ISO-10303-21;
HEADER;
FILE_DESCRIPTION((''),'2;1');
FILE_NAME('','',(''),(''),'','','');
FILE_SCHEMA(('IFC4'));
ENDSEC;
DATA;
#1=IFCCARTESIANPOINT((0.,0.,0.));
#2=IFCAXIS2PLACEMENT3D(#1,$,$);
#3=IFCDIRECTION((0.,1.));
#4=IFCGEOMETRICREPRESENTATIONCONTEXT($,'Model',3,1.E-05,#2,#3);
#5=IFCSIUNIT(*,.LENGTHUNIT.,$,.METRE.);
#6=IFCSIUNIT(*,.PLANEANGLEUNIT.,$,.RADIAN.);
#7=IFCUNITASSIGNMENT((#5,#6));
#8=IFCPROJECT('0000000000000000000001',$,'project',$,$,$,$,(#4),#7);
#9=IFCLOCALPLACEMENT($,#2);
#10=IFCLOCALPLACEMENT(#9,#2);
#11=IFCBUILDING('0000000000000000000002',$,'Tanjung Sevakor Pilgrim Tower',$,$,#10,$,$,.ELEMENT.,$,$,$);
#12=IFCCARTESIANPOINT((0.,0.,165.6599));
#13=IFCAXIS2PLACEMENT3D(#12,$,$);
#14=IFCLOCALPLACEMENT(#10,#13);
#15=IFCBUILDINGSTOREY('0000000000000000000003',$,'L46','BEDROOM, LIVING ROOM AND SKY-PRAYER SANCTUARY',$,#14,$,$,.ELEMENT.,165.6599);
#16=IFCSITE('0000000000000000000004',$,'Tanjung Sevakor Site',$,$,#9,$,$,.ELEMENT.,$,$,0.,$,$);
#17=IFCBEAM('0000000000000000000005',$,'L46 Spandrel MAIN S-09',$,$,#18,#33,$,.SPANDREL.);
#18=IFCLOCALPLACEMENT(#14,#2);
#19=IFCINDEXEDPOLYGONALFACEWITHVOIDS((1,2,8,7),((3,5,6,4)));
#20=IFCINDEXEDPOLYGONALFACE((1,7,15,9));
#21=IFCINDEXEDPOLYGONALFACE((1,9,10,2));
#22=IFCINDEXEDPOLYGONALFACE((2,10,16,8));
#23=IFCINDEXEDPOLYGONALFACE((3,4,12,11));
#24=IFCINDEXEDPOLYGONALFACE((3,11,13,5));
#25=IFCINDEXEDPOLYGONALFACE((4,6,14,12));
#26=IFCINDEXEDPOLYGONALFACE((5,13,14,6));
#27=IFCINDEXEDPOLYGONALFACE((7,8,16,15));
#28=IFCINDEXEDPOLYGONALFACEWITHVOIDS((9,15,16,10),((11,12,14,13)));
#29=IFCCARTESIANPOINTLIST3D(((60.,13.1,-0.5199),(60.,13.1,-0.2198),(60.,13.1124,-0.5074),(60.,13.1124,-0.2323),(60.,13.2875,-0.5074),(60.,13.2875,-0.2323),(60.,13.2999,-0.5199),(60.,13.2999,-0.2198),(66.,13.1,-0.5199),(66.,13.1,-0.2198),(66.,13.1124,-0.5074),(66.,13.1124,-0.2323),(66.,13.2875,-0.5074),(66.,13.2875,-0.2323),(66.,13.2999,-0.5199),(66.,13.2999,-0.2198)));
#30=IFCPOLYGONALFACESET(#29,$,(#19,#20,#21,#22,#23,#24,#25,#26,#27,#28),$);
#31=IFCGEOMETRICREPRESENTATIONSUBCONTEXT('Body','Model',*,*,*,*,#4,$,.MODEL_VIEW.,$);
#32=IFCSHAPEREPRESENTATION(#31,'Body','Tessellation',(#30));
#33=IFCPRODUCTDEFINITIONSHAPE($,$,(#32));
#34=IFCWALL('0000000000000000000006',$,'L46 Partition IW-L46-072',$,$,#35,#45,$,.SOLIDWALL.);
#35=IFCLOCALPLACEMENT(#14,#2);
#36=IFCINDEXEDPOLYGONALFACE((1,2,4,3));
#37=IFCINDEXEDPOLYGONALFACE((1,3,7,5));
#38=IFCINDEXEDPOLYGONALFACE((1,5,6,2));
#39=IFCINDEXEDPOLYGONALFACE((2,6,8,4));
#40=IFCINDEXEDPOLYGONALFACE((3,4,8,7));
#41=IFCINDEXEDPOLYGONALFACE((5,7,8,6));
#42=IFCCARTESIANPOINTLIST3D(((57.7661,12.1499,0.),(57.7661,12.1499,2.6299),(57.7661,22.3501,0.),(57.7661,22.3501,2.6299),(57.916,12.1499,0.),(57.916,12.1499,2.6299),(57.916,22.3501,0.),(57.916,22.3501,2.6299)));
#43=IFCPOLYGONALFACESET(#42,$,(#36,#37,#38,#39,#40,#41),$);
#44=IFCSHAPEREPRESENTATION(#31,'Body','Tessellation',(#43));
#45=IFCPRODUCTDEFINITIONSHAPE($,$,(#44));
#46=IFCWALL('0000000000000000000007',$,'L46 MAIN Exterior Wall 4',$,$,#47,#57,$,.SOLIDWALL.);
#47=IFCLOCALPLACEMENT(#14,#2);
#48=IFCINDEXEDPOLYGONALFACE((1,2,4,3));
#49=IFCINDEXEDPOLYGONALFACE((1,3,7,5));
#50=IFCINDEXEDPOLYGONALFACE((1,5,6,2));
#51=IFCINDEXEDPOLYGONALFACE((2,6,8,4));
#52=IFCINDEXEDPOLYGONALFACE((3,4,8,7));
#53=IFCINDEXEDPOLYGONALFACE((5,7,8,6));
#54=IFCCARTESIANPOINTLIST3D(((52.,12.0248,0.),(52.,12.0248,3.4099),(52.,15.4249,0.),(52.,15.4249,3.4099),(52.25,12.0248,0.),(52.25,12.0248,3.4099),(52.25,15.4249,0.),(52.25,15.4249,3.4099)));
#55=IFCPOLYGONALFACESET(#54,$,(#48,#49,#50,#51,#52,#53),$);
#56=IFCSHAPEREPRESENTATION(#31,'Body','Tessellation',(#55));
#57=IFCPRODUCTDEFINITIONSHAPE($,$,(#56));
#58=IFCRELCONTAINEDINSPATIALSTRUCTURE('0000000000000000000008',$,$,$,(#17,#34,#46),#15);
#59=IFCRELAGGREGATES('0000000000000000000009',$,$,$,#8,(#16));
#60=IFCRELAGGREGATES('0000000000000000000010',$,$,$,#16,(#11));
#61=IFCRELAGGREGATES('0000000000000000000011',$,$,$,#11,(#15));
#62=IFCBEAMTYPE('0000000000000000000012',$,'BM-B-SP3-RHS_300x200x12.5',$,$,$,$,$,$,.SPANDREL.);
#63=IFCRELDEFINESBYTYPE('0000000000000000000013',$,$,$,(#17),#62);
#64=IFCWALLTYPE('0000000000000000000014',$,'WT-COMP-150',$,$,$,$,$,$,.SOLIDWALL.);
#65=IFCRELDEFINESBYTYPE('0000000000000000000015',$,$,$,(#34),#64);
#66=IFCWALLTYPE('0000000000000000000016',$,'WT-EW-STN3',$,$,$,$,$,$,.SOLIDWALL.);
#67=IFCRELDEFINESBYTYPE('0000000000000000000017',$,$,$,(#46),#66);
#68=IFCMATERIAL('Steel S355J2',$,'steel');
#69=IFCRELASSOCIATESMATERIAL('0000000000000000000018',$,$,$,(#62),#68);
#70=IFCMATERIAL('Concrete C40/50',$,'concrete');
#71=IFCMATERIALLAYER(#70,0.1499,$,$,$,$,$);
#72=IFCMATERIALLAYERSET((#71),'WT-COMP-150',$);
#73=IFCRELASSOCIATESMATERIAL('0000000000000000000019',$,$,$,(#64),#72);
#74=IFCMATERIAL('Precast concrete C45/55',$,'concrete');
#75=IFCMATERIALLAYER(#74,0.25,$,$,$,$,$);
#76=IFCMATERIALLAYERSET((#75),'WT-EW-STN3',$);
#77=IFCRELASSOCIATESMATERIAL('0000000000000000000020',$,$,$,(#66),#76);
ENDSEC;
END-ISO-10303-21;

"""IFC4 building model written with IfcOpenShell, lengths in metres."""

from ifc_helpers import new_model, si_unit, direction, frame, frame_2d, origin, origin_2d, place, context, subcontext, project, spatial, rectangle, hollow_rectangle, extrude, material, layer, layer_set, material_profile, profile_set, type_object, element, save


model = new_model("IFC4")

# Units and contexts
model_context = context("Model", 3, precision=1e-05, world=origin(), true_north=direction((0.0, 1.0)))
body_context = subcontext(model_context, "Body", "Model", "MODEL_VIEW")
ifc_project = project(units=[si_unit("LENGTHUNIT", "METRE"), si_unit("PLANEANGLEUNIT", "RADIAN")], contexts=[model_context])

# Site, building, storey
site_placement = place(None, origin())
site = spatial("IfcSite", under=ifc_project, at=site_placement, Name="Tanjung Sevakor Site", CompositionType="ELEMENT", RefElevation=0.0)
building_placement = place(site_placement, origin())
building = spatial("IfcBuilding", under=site, at=building_placement, Name="Tanjung Sevakor Pilgrim Tower", CompositionType="ELEMENT")
storey_placement = place(building_placement, frame((0.0, 0.0, 165.6599)))
storey = spatial("IfcBuildingStorey", under=building, at=storey_placement, Name="L46", Description="BEDROOM, LIVING ROOM AND SKY-PRAYER SANCTUARY", CompositionType="ELEMENT", Elevation=165.6599)

# Beam
ifc_material_1 = material(Name="Steel S355J2", Category="steel")
ifc_material_profile_1 = material_profile(ifc_material_1, hollow_rectangle(XDim=0.2, YDim=0.3, WallThickness=0.0125, at=origin_2d()))
ifc_profile_set_1 = profile_set([ifc_material_profile_1], Name="Steel S355J2")
beam_type_1 = type_object("IfcBeamType", Name="BM-B-SP3-RHS_300x200x12.5", PredefinedType="SPANDREL", material=ifc_profile_set_1)
for number, where, z_axis, x_axis, name in (
    (1, (60.0, 13.2, -0.3699), (1.0, 0.0, 0.0), (0.0, 1.0, 0.0), "L46 Spandrel MAIN S-09"),
):
    element("IfcBeam", number, at=place(storey_placement, frame(where, z_axis=z_axis, x_axis=x_axis)), inside=storey, type_object=beam_type_1, Name=name, PredefinedType="SPANDREL", context=body_context, shape_type="SweptSolid", body=[
        extrude(hollow_rectangle(XDim=0.2, YDim=0.3, WallThickness=0.0125, at=origin_2d()), origin(), (0.0, 0.0, 1.0), 6.0),
    ])

# Walls
ifc_material_2 = material(Name="Concrete C40/50", Category="concrete")
ifc_layer_1 = layer(ifc_material_2, 0.1499)
ifc_layer_set_1 = layer_set([ifc_layer_1], Name="WT-COMP-150")
wall_type_1 = type_object("IfcWallType", Name="WT-COMP-150", PredefinedType="SOLIDWALL", material=ifc_layer_set_1)
wall_1_placement = place(storey_placement, frame((57.8411, 12.1499, 0.0), z_axis=(0.0, 0.0, 1.0), x_axis=(0.0, 1.0, 0.0)))
element("IfcWall", 2, at=wall_1_placement, inside=storey, type_object=wall_type_1, Name="L46 Partition IW-L46-072", PredefinedType="SOLIDWALL", context=body_context, shape_type="SweptSolid", body=[
    extrude(rectangle(XDim=10.2002, YDim=0.1499, at=frame_2d((5.1001, 0.0))), origin(), (0.0, 0.0, 1.0), 2.6299),
])
ifc_material_3 = material(Name="Precast concrete C45/55", Category="concrete")
ifc_layer_2 = layer(ifc_material_3, 0.25)
ifc_layer_set_2 = layer_set([ifc_layer_2], Name="WT-EW-STN3")
wall_type_2 = type_object("IfcWallType", Name="WT-EW-STN3", PredefinedType="SOLIDWALL", material=ifc_layer_set_2)
wall_2_placement = place(storey_placement, frame((52.125, 15.425, 0.0), z_axis=(0.0, 0.0, 1.0), x_axis=(0.0, -1.0, 0.0)))
element("IfcWall", 3, at=wall_2_placement, inside=storey, type_object=wall_type_2, Name="L46 MAIN Exterior Wall 4", PredefinedType="SOLIDWALL", context=body_context, shape_type="SweptSolid", body=[
    extrude(rectangle(XDim=3.4001, YDim=0.25, at=frame_2d((1.7002, 0.0))), origin(), (0.0, 0.0, 1.0), 3.4099),
])

save(model, "model.ifc")
